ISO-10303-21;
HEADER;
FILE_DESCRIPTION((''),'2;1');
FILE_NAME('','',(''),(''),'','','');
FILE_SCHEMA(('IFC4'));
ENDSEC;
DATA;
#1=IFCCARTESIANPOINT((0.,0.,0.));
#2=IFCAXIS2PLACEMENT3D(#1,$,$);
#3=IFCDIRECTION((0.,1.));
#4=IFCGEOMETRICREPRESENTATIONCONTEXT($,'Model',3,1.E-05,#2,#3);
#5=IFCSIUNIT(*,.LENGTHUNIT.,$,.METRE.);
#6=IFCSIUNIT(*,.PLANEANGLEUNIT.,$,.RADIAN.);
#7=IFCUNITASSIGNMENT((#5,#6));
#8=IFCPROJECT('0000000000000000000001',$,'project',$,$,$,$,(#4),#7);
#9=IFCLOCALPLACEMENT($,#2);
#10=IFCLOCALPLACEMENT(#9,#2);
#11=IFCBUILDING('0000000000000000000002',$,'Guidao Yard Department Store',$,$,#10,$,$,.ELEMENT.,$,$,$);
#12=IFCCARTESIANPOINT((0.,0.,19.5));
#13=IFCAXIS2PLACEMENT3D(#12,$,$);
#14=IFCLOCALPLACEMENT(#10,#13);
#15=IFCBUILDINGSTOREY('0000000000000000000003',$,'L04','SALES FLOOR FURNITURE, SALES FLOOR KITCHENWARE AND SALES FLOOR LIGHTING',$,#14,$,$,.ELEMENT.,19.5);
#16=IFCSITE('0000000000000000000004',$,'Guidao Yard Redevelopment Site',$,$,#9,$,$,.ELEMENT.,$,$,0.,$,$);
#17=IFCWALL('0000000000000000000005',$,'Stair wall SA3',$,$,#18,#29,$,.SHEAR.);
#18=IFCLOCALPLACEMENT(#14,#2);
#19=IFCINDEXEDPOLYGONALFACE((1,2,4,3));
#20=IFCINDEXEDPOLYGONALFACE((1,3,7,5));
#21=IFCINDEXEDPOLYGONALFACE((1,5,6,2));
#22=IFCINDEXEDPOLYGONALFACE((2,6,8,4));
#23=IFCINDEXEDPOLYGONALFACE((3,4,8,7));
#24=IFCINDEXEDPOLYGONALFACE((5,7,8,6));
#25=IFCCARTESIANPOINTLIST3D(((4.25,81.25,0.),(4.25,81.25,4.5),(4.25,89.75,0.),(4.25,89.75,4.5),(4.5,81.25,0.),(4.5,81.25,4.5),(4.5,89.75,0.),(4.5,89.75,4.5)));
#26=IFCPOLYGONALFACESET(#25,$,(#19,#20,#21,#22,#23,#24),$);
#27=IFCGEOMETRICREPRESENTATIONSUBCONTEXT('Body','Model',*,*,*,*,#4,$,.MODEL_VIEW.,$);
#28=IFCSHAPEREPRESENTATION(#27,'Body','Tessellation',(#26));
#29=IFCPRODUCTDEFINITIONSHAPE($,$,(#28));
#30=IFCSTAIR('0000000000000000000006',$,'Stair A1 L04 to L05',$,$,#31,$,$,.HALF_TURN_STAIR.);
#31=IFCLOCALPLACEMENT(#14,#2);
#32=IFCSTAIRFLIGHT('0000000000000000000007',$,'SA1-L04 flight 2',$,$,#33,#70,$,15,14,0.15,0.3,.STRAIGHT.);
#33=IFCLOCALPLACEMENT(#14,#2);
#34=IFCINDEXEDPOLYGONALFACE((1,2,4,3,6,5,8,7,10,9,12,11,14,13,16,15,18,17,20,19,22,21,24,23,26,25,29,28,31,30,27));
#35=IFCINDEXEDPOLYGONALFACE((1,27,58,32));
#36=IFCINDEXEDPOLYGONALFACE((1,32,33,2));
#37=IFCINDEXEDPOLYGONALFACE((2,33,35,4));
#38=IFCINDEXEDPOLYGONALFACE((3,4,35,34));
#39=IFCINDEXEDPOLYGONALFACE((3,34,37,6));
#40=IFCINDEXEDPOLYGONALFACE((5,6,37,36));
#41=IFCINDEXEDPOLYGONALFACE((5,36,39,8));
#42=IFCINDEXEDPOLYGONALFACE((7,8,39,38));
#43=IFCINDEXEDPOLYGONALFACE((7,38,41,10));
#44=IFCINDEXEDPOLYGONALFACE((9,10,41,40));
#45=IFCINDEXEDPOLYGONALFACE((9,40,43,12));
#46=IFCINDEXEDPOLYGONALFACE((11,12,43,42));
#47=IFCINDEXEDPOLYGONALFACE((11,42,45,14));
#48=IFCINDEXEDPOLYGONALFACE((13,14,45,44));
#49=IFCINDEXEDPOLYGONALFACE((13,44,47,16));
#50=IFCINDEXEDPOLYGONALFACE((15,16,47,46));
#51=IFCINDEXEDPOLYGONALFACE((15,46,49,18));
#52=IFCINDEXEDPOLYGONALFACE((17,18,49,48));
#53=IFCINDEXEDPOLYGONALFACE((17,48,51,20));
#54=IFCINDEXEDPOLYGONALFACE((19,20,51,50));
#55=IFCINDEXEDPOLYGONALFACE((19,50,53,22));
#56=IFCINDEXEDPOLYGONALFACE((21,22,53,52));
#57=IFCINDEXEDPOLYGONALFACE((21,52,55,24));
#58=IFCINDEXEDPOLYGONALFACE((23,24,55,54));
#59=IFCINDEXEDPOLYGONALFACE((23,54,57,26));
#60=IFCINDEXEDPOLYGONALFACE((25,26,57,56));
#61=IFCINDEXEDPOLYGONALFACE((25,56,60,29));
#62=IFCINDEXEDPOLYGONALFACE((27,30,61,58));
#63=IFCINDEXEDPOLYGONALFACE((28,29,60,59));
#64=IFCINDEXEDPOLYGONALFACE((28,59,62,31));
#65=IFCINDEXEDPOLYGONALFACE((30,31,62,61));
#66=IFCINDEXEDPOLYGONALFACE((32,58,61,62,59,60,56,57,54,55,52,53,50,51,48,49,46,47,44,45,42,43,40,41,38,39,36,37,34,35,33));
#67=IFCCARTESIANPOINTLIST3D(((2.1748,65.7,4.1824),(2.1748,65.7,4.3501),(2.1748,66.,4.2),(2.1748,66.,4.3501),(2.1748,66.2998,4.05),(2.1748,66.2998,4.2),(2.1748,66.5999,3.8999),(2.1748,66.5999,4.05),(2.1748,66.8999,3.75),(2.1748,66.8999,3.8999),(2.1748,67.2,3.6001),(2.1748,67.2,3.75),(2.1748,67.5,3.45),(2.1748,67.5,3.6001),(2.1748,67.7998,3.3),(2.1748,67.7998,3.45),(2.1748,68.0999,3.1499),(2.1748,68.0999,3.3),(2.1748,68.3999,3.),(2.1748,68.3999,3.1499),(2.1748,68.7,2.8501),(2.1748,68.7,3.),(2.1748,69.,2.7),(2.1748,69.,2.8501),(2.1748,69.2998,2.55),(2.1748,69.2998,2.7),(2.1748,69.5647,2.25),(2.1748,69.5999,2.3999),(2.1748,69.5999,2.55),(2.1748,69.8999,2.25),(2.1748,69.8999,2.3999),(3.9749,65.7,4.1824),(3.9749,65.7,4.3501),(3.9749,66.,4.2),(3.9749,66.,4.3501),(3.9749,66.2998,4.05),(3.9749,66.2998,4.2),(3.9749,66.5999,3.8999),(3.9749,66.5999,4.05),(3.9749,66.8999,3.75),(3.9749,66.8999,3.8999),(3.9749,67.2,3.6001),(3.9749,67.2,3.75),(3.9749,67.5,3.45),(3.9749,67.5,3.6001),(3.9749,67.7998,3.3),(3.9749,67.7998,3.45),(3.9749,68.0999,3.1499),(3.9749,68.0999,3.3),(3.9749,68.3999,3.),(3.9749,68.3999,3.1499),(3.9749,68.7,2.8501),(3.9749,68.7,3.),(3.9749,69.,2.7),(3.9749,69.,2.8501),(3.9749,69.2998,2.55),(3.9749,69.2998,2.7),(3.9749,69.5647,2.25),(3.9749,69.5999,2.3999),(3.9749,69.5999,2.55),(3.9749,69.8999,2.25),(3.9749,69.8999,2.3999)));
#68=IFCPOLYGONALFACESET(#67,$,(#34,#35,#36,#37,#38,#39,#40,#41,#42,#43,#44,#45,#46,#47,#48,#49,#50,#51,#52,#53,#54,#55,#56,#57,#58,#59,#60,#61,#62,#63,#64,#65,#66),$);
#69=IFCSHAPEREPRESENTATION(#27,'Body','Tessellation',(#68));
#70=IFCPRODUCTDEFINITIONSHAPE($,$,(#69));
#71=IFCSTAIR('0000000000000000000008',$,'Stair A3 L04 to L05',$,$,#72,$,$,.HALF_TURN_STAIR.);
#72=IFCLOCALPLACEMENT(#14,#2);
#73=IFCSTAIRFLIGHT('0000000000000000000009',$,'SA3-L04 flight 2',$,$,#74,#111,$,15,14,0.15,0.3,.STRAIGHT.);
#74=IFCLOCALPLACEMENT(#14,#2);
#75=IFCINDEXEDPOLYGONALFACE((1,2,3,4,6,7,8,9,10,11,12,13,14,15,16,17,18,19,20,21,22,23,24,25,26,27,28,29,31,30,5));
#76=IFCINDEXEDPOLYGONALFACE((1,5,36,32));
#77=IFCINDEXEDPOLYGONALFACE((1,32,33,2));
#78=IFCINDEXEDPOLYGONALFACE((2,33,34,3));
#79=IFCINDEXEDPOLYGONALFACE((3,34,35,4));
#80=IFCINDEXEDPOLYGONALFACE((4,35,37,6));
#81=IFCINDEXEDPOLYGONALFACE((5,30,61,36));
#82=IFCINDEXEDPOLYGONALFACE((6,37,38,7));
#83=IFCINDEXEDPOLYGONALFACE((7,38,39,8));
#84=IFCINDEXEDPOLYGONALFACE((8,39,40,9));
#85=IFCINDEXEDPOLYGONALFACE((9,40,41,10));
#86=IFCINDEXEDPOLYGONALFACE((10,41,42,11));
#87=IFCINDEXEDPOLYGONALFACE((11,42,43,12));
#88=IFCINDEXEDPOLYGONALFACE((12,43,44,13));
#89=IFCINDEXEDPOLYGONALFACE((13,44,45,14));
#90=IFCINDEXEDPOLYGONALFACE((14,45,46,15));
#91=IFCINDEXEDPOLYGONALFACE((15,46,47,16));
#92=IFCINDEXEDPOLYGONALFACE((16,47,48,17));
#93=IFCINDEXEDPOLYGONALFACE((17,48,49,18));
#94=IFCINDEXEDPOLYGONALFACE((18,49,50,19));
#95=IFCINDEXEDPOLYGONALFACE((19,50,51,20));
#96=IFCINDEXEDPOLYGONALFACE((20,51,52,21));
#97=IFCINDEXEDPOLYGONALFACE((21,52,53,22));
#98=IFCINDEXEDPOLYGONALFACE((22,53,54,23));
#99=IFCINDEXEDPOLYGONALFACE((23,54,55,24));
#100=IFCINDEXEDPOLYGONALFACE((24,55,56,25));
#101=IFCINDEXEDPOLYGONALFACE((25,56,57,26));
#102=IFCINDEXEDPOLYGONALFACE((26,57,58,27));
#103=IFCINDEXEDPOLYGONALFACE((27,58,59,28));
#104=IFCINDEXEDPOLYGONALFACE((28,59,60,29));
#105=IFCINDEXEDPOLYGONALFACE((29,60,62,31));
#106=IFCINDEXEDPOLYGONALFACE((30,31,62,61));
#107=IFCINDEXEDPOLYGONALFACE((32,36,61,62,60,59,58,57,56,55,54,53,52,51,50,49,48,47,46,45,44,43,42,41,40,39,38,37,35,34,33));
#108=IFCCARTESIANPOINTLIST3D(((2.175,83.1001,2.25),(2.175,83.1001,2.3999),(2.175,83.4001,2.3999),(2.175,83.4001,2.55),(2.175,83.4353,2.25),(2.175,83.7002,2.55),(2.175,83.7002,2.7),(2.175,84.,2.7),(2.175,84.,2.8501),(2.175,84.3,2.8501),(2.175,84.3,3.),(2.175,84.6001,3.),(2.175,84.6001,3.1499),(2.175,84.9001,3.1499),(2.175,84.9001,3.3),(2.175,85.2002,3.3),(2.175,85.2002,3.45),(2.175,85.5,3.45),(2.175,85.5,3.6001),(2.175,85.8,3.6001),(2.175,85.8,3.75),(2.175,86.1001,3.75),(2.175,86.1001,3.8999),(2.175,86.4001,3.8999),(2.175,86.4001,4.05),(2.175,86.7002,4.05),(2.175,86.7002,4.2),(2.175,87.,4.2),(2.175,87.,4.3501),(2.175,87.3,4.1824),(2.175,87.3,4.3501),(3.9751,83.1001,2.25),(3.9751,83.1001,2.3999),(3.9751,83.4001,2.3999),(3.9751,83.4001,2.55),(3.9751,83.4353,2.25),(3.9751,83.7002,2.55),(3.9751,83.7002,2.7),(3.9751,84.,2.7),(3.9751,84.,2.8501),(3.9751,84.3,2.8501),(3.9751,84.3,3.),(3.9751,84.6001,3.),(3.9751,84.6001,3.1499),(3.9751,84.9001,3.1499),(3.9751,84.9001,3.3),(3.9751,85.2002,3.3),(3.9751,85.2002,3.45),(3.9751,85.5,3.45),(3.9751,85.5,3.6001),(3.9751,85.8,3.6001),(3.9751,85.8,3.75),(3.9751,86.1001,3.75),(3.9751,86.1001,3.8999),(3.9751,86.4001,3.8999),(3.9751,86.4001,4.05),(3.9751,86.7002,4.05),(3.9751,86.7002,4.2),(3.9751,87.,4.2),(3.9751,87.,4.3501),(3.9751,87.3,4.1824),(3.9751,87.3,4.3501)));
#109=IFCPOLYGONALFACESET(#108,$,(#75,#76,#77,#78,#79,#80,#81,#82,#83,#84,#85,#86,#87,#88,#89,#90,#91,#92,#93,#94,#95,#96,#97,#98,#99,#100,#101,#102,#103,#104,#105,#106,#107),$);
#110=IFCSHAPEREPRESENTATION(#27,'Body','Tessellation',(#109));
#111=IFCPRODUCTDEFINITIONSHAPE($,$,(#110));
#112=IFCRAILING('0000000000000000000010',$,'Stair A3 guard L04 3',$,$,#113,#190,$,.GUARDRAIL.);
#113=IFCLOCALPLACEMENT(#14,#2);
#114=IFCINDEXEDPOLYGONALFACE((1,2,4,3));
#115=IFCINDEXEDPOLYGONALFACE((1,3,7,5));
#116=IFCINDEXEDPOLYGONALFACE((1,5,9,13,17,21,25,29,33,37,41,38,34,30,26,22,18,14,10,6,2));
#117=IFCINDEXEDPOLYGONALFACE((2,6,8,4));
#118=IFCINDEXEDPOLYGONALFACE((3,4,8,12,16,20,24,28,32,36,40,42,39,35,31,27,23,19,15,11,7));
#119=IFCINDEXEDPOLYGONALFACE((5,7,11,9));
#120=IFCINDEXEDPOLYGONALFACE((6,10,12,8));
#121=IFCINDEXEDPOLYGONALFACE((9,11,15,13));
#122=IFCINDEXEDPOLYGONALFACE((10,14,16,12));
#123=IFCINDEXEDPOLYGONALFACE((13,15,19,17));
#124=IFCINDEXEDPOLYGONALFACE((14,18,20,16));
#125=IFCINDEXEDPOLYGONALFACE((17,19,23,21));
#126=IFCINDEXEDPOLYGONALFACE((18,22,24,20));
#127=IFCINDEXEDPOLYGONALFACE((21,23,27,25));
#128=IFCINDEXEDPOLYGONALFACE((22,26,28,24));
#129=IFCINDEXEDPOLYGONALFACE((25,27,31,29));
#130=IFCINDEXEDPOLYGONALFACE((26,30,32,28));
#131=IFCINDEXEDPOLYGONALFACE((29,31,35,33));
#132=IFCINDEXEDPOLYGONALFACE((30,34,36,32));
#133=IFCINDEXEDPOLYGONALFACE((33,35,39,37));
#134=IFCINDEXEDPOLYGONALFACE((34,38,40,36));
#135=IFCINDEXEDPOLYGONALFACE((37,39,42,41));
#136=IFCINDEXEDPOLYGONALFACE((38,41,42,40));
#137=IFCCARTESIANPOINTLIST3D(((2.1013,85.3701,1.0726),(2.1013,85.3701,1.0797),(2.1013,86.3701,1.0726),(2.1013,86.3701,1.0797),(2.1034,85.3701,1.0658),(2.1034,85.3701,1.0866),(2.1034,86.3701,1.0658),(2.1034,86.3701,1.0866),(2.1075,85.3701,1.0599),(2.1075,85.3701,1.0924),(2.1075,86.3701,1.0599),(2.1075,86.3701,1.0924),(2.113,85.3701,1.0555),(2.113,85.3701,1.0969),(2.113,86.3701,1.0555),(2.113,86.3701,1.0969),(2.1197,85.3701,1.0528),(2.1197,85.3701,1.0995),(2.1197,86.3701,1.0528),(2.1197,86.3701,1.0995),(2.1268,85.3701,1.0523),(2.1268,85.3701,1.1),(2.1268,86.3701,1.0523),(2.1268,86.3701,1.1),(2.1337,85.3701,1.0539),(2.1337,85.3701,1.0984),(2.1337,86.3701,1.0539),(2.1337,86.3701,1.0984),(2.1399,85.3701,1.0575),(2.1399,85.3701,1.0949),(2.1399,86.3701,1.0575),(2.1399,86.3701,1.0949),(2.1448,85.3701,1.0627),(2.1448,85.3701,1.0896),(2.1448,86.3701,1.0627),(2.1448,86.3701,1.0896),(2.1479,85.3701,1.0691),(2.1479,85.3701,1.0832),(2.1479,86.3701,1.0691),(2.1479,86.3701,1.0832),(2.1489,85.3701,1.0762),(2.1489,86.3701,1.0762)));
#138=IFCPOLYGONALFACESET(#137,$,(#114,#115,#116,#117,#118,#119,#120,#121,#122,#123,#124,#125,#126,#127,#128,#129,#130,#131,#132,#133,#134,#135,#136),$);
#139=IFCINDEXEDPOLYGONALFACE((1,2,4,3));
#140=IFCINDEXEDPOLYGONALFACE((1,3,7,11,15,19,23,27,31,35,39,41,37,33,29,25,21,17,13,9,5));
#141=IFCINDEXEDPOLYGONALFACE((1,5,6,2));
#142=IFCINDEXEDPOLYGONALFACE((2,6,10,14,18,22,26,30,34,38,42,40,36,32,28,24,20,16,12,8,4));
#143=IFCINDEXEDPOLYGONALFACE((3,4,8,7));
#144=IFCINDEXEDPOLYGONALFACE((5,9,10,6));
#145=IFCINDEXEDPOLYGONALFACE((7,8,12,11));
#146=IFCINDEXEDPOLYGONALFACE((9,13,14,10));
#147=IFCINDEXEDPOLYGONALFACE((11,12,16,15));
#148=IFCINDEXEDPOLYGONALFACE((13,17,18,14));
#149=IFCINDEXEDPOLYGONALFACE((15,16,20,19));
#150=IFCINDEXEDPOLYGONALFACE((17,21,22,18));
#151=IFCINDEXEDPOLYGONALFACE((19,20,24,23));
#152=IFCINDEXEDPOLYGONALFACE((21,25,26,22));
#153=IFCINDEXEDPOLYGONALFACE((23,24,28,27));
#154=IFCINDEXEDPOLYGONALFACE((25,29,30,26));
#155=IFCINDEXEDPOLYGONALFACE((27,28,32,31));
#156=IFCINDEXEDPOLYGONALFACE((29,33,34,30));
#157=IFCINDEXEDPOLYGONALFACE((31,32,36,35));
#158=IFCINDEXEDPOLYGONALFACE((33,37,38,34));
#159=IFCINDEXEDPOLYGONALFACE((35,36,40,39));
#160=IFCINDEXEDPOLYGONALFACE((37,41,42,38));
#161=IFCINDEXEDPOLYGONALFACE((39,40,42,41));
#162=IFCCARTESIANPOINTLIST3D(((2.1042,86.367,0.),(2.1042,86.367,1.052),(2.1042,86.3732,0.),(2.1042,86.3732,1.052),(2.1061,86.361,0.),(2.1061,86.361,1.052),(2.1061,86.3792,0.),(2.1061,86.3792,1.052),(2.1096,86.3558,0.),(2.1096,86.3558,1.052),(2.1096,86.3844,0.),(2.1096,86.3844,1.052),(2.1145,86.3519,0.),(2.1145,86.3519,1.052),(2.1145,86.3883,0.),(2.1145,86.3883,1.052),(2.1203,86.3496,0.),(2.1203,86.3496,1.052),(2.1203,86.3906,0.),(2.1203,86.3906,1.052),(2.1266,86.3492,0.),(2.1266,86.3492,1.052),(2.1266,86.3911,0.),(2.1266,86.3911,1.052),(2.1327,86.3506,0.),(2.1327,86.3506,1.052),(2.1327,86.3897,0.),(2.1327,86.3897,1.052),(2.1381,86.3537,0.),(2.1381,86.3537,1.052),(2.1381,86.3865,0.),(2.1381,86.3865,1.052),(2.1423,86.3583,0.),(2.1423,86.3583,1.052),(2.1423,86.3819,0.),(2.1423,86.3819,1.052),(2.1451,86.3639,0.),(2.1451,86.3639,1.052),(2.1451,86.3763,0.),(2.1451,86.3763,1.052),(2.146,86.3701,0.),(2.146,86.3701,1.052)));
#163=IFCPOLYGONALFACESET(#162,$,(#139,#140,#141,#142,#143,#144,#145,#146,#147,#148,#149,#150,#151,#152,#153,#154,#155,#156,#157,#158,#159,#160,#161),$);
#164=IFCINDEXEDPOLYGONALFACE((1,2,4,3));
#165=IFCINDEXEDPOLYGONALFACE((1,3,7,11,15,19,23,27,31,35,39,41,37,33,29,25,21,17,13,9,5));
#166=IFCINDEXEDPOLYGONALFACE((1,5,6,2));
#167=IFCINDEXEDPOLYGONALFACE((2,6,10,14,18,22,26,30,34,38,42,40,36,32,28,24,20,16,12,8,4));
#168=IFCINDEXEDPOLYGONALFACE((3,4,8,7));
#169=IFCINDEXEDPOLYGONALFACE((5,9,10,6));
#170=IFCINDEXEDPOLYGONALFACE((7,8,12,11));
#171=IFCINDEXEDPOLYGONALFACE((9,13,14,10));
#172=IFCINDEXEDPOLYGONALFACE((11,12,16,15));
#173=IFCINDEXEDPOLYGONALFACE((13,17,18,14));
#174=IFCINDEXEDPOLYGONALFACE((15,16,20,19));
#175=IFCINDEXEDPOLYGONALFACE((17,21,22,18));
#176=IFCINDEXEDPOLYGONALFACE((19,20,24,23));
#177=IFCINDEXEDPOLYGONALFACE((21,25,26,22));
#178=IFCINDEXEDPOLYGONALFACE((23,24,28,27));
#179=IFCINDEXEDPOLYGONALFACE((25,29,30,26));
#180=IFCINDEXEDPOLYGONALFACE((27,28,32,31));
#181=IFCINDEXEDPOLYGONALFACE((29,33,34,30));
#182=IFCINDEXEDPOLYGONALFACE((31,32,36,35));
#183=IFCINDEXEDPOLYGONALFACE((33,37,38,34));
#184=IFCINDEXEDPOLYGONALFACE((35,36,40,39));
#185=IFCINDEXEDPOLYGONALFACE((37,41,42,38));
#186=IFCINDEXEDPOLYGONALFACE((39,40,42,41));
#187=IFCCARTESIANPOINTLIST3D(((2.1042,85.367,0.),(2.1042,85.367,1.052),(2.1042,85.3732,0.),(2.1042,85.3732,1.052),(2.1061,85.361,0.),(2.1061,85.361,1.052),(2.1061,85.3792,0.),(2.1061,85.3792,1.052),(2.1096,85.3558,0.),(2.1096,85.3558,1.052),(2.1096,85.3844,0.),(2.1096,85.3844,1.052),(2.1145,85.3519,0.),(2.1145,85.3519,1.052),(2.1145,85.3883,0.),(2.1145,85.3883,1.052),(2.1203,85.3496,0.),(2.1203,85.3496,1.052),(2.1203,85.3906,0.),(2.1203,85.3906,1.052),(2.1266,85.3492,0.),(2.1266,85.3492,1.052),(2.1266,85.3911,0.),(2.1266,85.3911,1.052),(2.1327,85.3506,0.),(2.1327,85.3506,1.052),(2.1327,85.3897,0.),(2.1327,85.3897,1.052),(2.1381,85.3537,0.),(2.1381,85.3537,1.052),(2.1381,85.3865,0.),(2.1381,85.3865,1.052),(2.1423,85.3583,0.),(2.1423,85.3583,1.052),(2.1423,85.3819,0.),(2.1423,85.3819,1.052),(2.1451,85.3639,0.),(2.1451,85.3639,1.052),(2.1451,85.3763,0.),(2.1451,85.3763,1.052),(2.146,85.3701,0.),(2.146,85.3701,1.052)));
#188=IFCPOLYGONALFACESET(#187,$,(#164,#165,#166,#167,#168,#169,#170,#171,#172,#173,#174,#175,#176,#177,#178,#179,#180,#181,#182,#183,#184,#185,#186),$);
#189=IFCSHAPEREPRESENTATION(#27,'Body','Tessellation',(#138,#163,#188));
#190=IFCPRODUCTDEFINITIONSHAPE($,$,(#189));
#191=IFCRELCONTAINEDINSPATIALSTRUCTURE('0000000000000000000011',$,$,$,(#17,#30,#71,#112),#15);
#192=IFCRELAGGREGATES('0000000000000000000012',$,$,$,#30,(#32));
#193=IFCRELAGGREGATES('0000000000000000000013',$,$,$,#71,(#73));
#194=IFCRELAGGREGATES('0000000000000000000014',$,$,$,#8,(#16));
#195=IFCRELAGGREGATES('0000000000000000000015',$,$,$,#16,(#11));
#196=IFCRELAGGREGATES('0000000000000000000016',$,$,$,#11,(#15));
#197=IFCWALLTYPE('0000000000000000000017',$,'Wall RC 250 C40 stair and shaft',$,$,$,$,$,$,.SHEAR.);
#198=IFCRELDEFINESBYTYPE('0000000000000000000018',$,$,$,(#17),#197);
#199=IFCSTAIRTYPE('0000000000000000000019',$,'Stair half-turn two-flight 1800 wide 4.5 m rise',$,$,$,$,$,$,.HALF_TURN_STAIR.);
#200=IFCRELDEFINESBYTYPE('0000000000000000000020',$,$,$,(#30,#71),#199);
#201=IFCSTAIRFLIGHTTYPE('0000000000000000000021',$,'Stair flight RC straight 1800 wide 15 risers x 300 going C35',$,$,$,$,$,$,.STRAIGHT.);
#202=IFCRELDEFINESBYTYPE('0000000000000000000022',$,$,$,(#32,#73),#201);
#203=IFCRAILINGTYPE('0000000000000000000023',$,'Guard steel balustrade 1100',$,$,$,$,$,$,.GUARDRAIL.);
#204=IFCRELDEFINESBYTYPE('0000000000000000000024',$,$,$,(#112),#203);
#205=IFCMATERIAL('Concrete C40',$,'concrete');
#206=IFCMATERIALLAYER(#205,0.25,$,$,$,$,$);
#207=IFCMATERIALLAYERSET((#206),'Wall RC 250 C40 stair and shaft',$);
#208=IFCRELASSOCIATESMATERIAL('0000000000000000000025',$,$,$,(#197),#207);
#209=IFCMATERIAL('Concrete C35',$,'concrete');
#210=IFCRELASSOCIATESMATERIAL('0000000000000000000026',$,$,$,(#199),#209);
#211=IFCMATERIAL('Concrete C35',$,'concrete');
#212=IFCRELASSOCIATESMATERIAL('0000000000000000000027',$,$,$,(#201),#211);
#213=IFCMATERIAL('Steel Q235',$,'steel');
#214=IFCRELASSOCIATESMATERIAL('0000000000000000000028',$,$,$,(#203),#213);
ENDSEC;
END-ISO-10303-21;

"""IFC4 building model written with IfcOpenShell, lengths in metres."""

from ifc_helpers import new_model, si_unit, direction, frame, frame_2d, origin, origin_2d, place, context, subcontext, project, spatial, polyline, rectangle, circle, outline, extrude, material, layer, layer_set, type_object, element, aggregate, save


model = new_model("IFC4")

# Units and contexts
model_context = context("Model", 3, precision=1e-05, world=origin(), true_north=direction((0.0, 1.0)))
body_context = subcontext(model_context, "Body", "Model", "MODEL_VIEW")
ifc_project = project(units=[si_unit("LENGTHUNIT", "METRE"), si_unit("PLANEANGLEUNIT", "RADIAN")], contexts=[model_context])

# Site, building, storey
site_placement = place(None, origin())
site = spatial("IfcSite", under=ifc_project, at=site_placement, Name="Guidao Yard Redevelopment Site", CompositionType="ELEMENT", RefElevation=0.0)
building_placement = place(site_placement, origin())
building = spatial("IfcBuilding", under=site, at=building_placement, Name="Guidao Yard Department Store", CompositionType="ELEMENT")
storey_placement = place(building_placement, frame((0.0, 0.0, 19.5)))
storey = spatial("IfcBuildingStorey", under=building, at=storey_placement, Name="L04", Description="SALES FLOOR FURNITURE, SALES FLOOR KITCHENWARE AND SALES FLOOR LIGHTING", CompositionType="ELEMENT", Elevation=19.5)

# Wall
ifc_material_1 = material(Name="Concrete C40", Category="concrete")
ifc_layer_1 = layer(ifc_material_1, 0.25)
ifc_layer_set_1 = layer_set([ifc_layer_1], Name="Wall RC 250 C40 stair and shaft")
wall_type_1 = type_object("IfcWallType", Name="Wall RC 250 C40 stair and shaft", PredefinedType="SHEAR", material=ifc_layer_set_1)
wall_1_placement = place(storey_placement, frame((4.375, 81.25, 0.0), z_axis=(0.0, 0.0, 1.0), x_axis=(0.0, 1.0, 0.0)))
element("IfcWall", 1, at=wall_1_placement, inside=storey, type_object=wall_type_1, Name="Stair wall SA3", PredefinedType="SHEAR", context=body_context, shape_type="SweptSolid", body=[
    extrude(rectangle(XDim=8.5, YDim=0.25, at=frame_2d((4.25, 0.0))), origin(), (0.0, 0.0, 1.0), 4.5),
])

# Stairs, stair flights
ifc_material_2 = material(Name="Concrete C35", Category="concrete")
stair_type = type_object("IfcStairType", Name="Stair half-turn two-flight 1800 wide 4.5 m rise", PredefinedType="HALF_TURN_STAIR", material=ifc_material_2)
stair_1_placement = place(storey_placement, origin())
stair_1 = element("IfcStair", 2, at=stair_1_placement, inside=storey, type_object=stair_type, Name="Stair A1 L04 to L05", PredefinedType="HALF_TURN_STAIR")
ifc_material_3 = material(Name="Concrete C35", Category="concrete")
stair_flight_type = type_object("IfcStairFlightType", Name="Stair flight RC straight 1800 wide 15 risers x 300 going C35", PredefinedType="STRAIGHT", material=ifc_material_3)
stair_flight_1_placement = place(storey_placement, frame((3.075, 69.8999, 2.25), z_axis=(0.0, 0.0, 1.0), x_axis=(0.0, -1.0, 0.0)))
stair_flight_1 = element("IfcStairFlight", 3, at=stair_flight_1_placement, type_object=stair_flight_type, Name="SA1-L04 flight 2", NumberOfRisers=15, NumberOfTreads=14, PredefinedType="STRAIGHT", RiserHeight=0.15, TreadLength=0.3, context=body_context, shape_type="SweptSolid", body=[
    extrude(outline(polyline([(0.0, 0.0), (0.0, 0.1499), (0.3, 0.1499), (0.3, 0.3), (0.6001, 0.3), (0.6001, 0.45), (0.8999, 0.45), (0.8999, 0.6001), (1.2, 0.6001), (1.2, 0.75), (1.5, 0.75), (1.5, 0.8999), (1.8, 0.8999), (1.8, 1.05), (2.1001, 1.05), (2.1001, 1.2), (2.3999, 1.2), (2.3999, 1.3501), (2.7, 1.3501), (2.7, 1.5), (3.0, 1.5), (3.0, 1.6499), (3.3, 1.6499), (3.3, 1.8), (3.6001, 1.8), (3.6001, 1.95), (3.8999, 1.95), (3.8999, 2.1001), (4.2, 2.1001), (4.2, 2.25), (4.2, 1.9324), (0.3352, 0.0), (0.0, 0.0)])), frame((0.0, 0.8999, 0.0), z_axis=(0.0, -1.0, 0.0), x_axis=(1.0, 0.0, 0.0)), (0.0, 0.0, 1.0), 1.8),
])
aggregate(stair_1, [stair_flight_1])
stair_2_placement = place(storey_placement, origin())
stair_2 = element("IfcStair", 4, at=stair_2_placement, inside=storey, type_object=stair_type, Name="Stair A3 L04 to L05", PredefinedType="HALF_TURN_STAIR")
stair_flight_2_placement = place(storey_placement, frame((3.075, 83.1001, 2.25), z_axis=(0.0, 0.0, 1.0), x_axis=(0.0, 1.0, 0.0)))
stair_flight_2 = element("IfcStairFlight", 5, at=stair_flight_2_placement, type_object=stair_flight_type, Name="SA3-L04 flight 2", NumberOfRisers=15, NumberOfTreads=14, PredefinedType="STRAIGHT", RiserHeight=0.15, TreadLength=0.3, context=body_context, shape_type="SweptSolid", body=[
    extrude(outline(polyline([(0.0, 0.0), (0.0, 0.1499), (0.3, 0.1499), (0.3, 0.3), (0.6001, 0.3), (0.6001, 0.45), (0.8999, 0.45), (0.8999, 0.6001), (1.2, 0.6001), (1.2, 0.75), (1.5, 0.75), (1.5, 0.8999), (1.8, 0.8999), (1.8, 1.05), (2.1001, 1.05), (2.1001, 1.2), (2.3999, 1.2), (2.3999, 1.3501), (2.7, 1.3501), (2.7, 1.5), (3.0, 1.5), (3.0, 1.6499), (3.3, 1.6499), (3.3, 1.8), (3.6001, 1.8), (3.6001, 1.95), (3.8999, 1.95), (3.8999, 2.1001), (4.2, 2.1001), (4.2, 2.25), (4.2, 1.9324), (0.3352, 0.0), (0.0, 0.0)])), frame((0.0, 0.8999, 0.0), z_axis=(0.0, -1.0, 0.0), x_axis=(1.0, 0.0, 0.0)), (0.0, 0.0, 1.0), 1.8),
])
aggregate(stair_2, [stair_flight_2])

# Railing
ifc_material_4 = material(Name="Steel Q235", Category="steel")
railing_type_1 = type_object("IfcRailingType", Name="Guard steel balustrade 1100", PredefinedType="GUARDRAIL", material=ifc_material_4)
railing_placement = place(storey_placement, frame((2.125, 86.3701, 0.0)))
element("IfcRailing", 6, at=railing_placement, inside=storey, type_object=railing_type_1, Name="Stair A3 guard L04 3", PredefinedType="GUARDRAIL", context=body_context, shape_type="SweptSolid", body=[
    extrude(circle(Radius=0.0239, at=origin_2d()), frame((0.0, 0.0, 1.0762), z_axis=(0.0, -1.0, 0.0), x_axis=(1.0, 0.0, 0.0)), (0.0, 0.0, 1.0), 1.0),
    extrude(circle(Radius=0.021, at=origin_2d()), origin(), (0.0, 0.0, 1.0), 1.052),
    extrude(circle(Radius=0.021, at=origin_2d()), frame((0.0, -1.0, 0.0)), (0.0, 0.0, 1.0), 1.052),
])

save(model, "model.ifc")
